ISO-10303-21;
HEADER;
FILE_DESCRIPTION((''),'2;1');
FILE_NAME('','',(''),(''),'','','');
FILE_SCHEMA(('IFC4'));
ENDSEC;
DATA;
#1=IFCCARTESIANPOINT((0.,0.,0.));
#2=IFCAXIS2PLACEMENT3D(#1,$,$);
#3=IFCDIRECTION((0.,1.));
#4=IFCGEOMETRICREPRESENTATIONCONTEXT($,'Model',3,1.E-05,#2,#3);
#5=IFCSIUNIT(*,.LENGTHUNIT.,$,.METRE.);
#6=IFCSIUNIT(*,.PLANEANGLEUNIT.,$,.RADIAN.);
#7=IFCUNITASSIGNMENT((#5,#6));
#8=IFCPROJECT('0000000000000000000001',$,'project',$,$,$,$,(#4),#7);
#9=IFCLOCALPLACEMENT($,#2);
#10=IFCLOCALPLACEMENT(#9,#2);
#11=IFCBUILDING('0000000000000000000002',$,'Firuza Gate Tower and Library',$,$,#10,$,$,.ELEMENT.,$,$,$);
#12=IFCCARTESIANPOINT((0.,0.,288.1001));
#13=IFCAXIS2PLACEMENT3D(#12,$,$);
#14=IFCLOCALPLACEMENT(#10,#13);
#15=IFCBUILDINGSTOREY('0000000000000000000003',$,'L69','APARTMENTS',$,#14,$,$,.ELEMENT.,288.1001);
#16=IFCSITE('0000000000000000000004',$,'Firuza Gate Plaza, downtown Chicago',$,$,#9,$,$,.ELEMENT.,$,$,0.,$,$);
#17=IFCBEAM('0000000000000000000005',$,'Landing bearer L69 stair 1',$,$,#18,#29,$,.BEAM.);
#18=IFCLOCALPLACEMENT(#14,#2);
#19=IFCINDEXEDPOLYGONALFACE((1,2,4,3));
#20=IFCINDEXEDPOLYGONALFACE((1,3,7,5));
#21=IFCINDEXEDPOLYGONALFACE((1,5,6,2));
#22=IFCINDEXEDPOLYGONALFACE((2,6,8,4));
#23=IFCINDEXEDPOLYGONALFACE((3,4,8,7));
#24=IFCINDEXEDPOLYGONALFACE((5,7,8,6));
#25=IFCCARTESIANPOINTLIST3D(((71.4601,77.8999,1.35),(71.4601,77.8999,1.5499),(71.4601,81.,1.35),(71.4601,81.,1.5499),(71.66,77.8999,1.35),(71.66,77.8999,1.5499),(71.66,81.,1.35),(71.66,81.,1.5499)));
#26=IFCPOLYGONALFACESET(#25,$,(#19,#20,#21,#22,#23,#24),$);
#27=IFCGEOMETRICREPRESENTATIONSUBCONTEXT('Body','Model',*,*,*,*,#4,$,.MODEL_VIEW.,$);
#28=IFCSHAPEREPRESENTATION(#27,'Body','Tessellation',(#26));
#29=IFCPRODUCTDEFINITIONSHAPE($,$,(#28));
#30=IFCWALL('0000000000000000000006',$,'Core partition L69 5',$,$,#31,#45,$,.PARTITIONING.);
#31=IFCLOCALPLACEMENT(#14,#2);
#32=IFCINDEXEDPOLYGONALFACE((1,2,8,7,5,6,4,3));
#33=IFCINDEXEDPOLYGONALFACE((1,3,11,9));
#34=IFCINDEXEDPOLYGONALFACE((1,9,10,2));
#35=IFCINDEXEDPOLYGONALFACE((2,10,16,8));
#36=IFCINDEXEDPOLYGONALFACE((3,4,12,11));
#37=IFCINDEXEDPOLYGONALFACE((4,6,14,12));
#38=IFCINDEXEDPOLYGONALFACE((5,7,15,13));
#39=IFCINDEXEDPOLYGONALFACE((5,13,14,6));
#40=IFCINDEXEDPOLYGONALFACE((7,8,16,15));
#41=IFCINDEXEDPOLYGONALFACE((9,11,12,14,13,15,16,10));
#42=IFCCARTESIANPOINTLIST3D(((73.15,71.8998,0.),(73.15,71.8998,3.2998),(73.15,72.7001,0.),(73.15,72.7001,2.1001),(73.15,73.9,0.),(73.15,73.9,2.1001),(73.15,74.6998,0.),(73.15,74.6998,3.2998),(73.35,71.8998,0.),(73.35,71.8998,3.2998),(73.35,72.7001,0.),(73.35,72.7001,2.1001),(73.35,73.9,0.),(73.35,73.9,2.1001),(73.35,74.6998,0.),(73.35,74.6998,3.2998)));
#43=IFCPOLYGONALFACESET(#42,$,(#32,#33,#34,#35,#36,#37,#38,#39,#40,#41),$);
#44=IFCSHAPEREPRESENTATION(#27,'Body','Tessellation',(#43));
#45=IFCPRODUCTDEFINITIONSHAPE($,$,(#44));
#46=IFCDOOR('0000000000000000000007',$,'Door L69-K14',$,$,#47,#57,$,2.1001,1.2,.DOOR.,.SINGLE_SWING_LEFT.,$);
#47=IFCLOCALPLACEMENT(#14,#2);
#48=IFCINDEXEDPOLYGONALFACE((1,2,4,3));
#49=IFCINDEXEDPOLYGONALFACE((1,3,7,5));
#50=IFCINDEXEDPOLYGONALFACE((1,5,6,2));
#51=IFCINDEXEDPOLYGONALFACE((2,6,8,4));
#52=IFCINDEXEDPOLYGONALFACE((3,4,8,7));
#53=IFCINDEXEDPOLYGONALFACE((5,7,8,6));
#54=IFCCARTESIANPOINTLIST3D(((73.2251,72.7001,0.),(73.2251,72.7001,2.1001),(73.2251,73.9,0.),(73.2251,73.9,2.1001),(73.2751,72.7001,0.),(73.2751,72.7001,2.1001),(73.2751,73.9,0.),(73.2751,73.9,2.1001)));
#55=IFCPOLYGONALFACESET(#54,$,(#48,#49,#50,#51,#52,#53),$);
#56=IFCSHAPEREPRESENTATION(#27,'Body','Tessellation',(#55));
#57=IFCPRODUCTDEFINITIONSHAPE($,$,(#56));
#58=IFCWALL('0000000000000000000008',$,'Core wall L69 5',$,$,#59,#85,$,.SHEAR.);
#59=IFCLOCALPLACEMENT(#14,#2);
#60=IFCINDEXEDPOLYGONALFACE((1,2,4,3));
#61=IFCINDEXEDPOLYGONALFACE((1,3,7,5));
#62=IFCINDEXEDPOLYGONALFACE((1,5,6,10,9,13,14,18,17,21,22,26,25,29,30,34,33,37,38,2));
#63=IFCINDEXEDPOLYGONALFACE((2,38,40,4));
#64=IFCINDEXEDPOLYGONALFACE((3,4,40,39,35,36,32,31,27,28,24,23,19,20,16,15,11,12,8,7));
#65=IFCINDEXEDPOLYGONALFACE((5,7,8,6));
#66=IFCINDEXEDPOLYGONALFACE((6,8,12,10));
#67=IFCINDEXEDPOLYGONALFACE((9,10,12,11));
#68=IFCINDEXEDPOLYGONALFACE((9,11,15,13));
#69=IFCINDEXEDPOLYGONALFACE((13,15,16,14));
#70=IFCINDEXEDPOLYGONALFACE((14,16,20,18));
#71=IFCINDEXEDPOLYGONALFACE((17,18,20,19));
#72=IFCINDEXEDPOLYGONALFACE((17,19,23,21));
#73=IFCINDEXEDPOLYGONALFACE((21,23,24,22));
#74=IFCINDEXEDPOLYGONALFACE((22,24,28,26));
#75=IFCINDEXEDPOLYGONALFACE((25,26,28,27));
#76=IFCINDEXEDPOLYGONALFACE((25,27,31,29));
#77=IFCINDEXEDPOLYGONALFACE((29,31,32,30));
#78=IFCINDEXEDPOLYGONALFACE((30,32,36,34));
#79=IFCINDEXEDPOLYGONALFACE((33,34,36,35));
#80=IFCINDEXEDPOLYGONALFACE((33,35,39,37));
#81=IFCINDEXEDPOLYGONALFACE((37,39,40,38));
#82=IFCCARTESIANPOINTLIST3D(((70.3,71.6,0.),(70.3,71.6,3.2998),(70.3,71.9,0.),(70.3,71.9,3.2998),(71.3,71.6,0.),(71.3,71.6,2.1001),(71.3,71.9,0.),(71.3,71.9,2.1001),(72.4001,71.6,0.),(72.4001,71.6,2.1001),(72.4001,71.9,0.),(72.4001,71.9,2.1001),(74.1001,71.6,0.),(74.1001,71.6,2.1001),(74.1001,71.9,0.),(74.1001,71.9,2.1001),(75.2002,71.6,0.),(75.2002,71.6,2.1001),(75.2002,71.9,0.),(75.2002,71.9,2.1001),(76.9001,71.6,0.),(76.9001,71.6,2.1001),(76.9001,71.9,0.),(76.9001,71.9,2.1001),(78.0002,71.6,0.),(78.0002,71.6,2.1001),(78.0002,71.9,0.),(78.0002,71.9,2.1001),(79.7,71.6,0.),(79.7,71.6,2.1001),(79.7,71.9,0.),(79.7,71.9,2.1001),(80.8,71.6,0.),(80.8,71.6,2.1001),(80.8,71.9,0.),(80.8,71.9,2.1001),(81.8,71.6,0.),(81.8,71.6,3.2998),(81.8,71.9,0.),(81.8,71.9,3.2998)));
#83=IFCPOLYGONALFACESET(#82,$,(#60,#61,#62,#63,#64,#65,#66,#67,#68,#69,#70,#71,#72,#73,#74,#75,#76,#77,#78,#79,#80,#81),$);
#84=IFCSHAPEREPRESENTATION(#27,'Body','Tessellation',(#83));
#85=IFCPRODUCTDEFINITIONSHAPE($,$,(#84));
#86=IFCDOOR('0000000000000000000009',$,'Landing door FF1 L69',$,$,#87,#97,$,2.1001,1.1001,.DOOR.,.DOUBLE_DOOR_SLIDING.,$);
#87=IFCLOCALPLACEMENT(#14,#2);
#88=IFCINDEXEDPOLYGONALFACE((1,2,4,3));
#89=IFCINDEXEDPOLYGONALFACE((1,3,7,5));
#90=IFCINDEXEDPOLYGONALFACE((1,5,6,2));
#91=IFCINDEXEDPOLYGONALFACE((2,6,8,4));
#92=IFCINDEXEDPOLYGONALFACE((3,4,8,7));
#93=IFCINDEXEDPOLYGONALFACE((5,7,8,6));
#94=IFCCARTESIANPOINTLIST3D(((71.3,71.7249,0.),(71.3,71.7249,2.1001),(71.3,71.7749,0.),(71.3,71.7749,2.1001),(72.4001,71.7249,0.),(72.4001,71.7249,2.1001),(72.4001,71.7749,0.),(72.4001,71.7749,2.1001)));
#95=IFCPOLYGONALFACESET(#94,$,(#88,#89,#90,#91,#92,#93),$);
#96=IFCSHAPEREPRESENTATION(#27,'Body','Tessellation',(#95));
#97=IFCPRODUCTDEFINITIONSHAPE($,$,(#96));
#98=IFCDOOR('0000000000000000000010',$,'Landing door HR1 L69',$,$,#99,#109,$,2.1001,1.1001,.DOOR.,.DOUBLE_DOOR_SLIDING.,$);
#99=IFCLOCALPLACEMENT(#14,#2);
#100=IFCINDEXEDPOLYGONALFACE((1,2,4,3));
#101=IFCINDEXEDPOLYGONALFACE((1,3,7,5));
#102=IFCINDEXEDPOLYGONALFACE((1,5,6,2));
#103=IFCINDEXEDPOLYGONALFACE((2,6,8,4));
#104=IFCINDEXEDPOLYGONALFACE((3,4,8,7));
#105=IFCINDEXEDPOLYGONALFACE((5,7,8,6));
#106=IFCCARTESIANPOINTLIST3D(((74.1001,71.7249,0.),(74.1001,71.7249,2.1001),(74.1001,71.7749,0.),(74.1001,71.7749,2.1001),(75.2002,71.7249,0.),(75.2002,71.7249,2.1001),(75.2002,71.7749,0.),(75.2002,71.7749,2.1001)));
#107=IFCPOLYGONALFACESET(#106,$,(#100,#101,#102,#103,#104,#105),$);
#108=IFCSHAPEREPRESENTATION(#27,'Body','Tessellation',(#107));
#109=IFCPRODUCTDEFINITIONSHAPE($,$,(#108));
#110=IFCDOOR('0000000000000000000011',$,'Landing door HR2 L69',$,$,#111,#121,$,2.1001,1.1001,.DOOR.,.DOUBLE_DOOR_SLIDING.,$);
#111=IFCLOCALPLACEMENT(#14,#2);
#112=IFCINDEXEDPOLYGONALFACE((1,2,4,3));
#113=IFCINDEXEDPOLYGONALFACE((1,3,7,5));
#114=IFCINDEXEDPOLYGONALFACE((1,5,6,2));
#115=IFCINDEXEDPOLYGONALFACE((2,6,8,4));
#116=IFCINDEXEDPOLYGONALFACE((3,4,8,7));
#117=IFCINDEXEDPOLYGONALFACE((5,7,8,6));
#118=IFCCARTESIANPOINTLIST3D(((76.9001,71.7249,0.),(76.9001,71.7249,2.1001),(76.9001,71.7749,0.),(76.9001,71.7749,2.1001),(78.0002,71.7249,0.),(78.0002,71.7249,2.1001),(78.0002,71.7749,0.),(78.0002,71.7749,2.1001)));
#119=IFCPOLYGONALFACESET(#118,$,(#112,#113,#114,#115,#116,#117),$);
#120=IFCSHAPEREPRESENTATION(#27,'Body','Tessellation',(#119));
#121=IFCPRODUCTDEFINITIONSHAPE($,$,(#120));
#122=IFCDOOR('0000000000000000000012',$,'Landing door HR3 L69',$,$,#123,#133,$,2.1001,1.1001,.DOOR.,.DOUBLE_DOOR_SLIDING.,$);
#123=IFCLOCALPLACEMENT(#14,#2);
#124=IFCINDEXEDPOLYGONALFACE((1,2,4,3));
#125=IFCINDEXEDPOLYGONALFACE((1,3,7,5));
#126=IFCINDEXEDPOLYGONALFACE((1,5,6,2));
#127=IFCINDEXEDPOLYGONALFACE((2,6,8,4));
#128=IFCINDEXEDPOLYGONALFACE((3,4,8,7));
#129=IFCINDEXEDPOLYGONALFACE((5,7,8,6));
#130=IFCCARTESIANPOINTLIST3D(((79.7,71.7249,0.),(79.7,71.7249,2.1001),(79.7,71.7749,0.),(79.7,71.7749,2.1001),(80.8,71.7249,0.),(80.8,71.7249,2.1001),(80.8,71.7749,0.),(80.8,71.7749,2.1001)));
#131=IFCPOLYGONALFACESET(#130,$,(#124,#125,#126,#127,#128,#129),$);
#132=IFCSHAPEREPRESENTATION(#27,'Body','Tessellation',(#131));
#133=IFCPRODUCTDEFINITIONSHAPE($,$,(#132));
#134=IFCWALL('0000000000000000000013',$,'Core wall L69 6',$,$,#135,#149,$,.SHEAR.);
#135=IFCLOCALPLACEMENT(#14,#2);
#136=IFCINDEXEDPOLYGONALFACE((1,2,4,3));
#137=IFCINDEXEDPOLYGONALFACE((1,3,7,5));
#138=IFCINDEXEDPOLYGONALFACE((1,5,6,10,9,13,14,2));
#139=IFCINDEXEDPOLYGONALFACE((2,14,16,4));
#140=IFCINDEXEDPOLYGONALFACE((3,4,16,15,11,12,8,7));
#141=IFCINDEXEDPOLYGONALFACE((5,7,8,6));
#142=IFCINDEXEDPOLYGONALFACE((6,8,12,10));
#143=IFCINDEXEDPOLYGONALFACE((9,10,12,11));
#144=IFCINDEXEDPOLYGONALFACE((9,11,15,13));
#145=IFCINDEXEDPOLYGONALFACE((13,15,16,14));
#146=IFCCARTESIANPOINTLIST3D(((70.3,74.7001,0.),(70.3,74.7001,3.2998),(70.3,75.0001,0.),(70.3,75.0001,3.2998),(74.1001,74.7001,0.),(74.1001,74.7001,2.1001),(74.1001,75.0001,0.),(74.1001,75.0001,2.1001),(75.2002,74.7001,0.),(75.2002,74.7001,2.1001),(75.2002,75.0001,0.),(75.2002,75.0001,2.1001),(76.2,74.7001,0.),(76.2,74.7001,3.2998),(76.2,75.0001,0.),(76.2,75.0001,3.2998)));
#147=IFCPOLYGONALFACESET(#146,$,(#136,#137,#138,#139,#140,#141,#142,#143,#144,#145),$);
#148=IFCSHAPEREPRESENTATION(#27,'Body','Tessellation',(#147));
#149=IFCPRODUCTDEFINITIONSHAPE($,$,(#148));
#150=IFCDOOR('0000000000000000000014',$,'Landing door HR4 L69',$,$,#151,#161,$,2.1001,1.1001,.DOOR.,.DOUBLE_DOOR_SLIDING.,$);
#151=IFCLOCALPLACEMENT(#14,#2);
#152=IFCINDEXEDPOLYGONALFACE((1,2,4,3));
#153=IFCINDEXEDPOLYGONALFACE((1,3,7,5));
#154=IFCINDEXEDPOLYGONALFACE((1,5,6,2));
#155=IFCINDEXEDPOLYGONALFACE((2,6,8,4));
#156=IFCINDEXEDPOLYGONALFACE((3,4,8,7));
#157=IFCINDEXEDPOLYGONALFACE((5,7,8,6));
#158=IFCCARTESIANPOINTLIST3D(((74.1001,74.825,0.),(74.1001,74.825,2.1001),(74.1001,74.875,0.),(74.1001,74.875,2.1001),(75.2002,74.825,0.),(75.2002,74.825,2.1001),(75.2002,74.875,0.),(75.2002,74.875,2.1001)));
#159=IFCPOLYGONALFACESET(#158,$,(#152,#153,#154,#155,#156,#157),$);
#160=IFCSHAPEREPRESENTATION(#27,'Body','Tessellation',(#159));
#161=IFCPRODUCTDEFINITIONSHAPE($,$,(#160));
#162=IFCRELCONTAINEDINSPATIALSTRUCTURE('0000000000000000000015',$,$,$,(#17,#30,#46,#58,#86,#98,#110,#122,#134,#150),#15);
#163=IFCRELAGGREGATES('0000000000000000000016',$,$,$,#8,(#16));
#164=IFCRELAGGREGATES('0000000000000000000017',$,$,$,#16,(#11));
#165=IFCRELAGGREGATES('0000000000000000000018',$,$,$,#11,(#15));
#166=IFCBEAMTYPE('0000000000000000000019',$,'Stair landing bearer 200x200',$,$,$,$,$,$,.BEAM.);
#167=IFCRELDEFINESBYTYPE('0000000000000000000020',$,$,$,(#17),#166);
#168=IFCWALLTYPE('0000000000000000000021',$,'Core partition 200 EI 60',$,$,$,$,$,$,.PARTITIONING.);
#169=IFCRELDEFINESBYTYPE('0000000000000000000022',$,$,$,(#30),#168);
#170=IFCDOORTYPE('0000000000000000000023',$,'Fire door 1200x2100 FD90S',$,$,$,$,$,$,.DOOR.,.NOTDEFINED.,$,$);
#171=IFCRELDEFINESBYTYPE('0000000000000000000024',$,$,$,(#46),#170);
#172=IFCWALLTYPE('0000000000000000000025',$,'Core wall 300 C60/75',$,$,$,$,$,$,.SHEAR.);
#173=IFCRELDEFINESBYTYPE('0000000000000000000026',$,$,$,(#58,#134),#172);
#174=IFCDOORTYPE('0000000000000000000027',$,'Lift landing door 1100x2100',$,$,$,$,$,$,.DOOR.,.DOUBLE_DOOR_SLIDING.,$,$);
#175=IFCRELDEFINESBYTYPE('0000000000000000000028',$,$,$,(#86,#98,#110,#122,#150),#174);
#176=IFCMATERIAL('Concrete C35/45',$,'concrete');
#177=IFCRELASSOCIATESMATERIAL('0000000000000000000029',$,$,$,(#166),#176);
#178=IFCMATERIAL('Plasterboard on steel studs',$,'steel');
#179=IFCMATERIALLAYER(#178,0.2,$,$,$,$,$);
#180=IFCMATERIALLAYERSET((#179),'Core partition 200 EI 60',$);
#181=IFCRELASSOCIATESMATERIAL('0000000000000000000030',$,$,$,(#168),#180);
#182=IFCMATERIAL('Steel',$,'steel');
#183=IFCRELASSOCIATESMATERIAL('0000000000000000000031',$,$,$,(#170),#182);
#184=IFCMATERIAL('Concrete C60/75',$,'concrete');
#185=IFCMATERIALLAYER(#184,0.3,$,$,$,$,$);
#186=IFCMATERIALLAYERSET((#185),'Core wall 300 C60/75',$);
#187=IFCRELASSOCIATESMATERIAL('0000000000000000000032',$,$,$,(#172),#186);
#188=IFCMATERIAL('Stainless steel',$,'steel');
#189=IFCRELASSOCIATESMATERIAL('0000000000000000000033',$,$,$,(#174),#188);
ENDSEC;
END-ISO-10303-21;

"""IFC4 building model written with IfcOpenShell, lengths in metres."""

from ifc_helpers import new_model, si_unit, direction, frame, frame_2d, origin, origin_2d, place, context, subcontext, project, spatial, rectangle, extrude, material, layer, layer_set, material_profile, profile_set, type_object, element, fill, save


model = new_model("IFC4")

# Units and contexts
model_context = context("Model", 3, precision=1e-05, world=origin(), true_north=direction((0.0, 1.0)))
body_context = subcontext(model_context, "Body", "Model", "MODEL_VIEW")
ifc_project = project(units=[si_unit("LENGTHUNIT", "METRE"), si_unit("PLANEANGLEUNIT", "RADIAN")], contexts=[model_context])

# Site, building, storey
site_placement = place(None, origin())
site = spatial("IfcSite", under=ifc_project, at=site_placement, Name="Firuza Gate Plaza, downtown Chicago", CompositionType="ELEMENT", RefElevation=0.0)
building_placement = place(site_placement, origin())
building = spatial("IfcBuilding", under=site, at=building_placement, Name="Firuza Gate Tower and Library", CompositionType="ELEMENT")
storey_placement = place(building_placement, frame((0.0, 0.0, 288.1001)))
storey = spatial("IfcBuildingStorey", under=building, at=storey_placement, Name="L69", Description="APARTMENTS", CompositionType="ELEMENT", Elevation=288.1001)

# Beam
ifc_material_1 = material(Name="Concrete C35/45", Category="concrete")
ifc_material_profile = material_profile(ifc_material_1, rectangle(XDim=0.2, YDim=0.2, at=origin_2d()))
ifc_profile_set = profile_set([ifc_material_profile], Name="Concrete C35/45")
beam_type = type_object("IfcBeamType", Name="Stair landing bearer 200x200", PredefinedType="BEAM", material=ifc_profile_set)
beam_placement = place(storey_placement, frame((71.5601, 77.8999, 1.45), z_axis=(0.0, 1.0, 0.0), x_axis=(-1.0, 0.0, 0.0)))
element("IfcBeam", 1, at=beam_placement, inside=storey, type_object=beam_type, Name="Landing bearer L69 stair 1", PredefinedType="BEAM", context=body_context, shape_type="SweptSolid", body=[
    extrude(rectangle(XDim=0.2, YDim=0.2, at=origin_2d()), origin(), (0.0, 0.0, 1.0), 3.1001),
])

# Wall, opening, door
ifc_material_2 = material(Name="Plasterboard on steel studs", Category="steel")
ifc_layer_1 = layer(ifc_material_2, 0.2)
ifc_layer_set_1 = layer_set([ifc_layer_1], Name="Core partition 200 EI 60")
wall_type_1 = type_object("IfcWallType", Name="Core partition 200 EI 60", PredefinedType="PARTITIONING", material=ifc_layer_set_1)
wall_1_placement = place(storey_placement, frame((73.25, 71.8999, 0.0), z_axis=(0.0, 0.0, 1.0), x_axis=(0.0, 1.0, 0.0)))
wall_1 = element("IfcWall", 2, at=wall_1_placement, inside=storey, type_object=wall_type_1, Name="Core partition L69 5", PredefinedType="PARTITIONING", context=body_context, shape_type="SweptSolid", body=[
    extrude(rectangle(XDim=2.8, YDim=0.2, at=frame_2d((1.3999, 0.0))), origin(), (0.0, 0.0, 1.0), 3.2998),
])
opening_1_placement = place(wall_1_placement, frame((0.8, 0.0, 0.0)))
opening_1 = element("IfcOpeningElement", 3, at=opening_1_placement, cuts=wall_1, PredefinedType="OPENING", context=body_context, shape_type="SweptSolid", body=[
    extrude(rectangle(XDim=1.2, YDim=2.1001, at=frame_2d((0.6001, 1.05))), frame((0.0, 0.1099, 0.0), z_axis=(0.0, -1.0, 0.0), x_axis=(1.0, 0.0, 0.0)), (0.0, 0.0, 1.0), 0.22),
])
ifc_material_3 = material(Name="Steel", Category="steel")
door_type_1 = type_object("IfcDoorType", Name="Fire door 1200x2100 FD90S", OperationType="NOTDEFINED", PredefinedType="DOOR", material=ifc_material_3)
door_1_placement = place(opening_1_placement, origin())
door_1 = element("IfcDoor", 4, at=door_1_placement, inside=storey, type_object=door_type_1, Name="Door L69-K14", OperationType="SINGLE_SWING_LEFT", OverallHeight=2.1001, OverallWidth=1.2, PredefinedType="DOOR", context=body_context, shape_type="SweptSolid", body=[
    extrude(rectangle(XDim=1.2, YDim=2.1001, at=frame_2d((0.6001, 1.05))), frame((0.0, 0.0249, 0.0), z_axis=(0.0, -1.0, 0.0), x_axis=(1.0, 0.0, 0.0)), (0.0, 0.0, 1.0), 0.05),
])
fill(opening_1, door_1)

# Wall, openings, doors
ifc_material_4 = material(Name="Concrete C60/75", Category="concrete")
ifc_layer_2 = layer(ifc_material_4, 0.3)
ifc_layer_set_2 = layer_set([ifc_layer_2], Name="Core wall 300 C60/75")
wall_type_2 = type_object("IfcWallType", Name="Core wall 300 C60/75", PredefinedType="SHEAR", material=ifc_layer_set_2)
wall_2_placement = place(storey_placement, frame((70.3, 71.75, 0.0), z_axis=(0.0, 0.0, 1.0), x_axis=(1.0, 0.0, 0.0)))
wall_2 = element("IfcWall", 5, at=wall_2_placement, inside=storey, type_object=wall_type_2, Name="Core wall L69 5", PredefinedType="SHEAR", context=body_context, shape_type="SweptSolid", body=[
    extrude(rectangle(XDim=11.5, YDim=0.3, at=frame_2d((5.75, 0.0))), origin(), (0.0, 0.0, 1.0), 3.2998),
])
opening_2_placement = place(wall_2_placement, frame((1.0, 0.0, 0.0)))
opening_2 = element("IfcOpeningElement", 6, at=opening_2_placement, cuts=wall_2, PredefinedType="OPENING", context=body_context, shape_type="SweptSolid", body=[
    extrude(rectangle(XDim=1.1001, YDim=2.1001, at=frame_2d((0.55, 1.05))), frame((0.0, 0.1602, 0.0), z_axis=(0.0, -1.0, 0.0), x_axis=(1.0, 0.0, 0.0)), (0.0, 0.0, 1.0), 0.3201),
])
opening_3_placement = place(wall_2_placement, frame((3.8, 0.0, 0.0)))
opening_3 = element("IfcOpeningElement", 7, at=opening_3_placement, cuts=wall_2, PredefinedType="OPENING", context=body_context, shape_type="SweptSolid", body=[
    extrude(rectangle(XDim=1.1001, YDim=2.1001, at=frame_2d((0.55, 1.05))), frame((0.0, 0.1602, 0.0), z_axis=(0.0, -1.0, 0.0), x_axis=(1.0, 0.0, 0.0)), (0.0, 0.0, 1.0), 0.3201),
])
opening_4_placement = place(wall_2_placement, frame((6.6001, 0.0, 0.0)))
opening_4 = element("IfcOpeningElement", 8, at=opening_4_placement, cuts=wall_2, PredefinedType="OPENING", context=body_context, shape_type="SweptSolid", body=[
    extrude(rectangle(XDim=1.1001, YDim=2.1001, at=frame_2d((0.55, 1.05))), frame((0.0, 0.1602, 0.0), z_axis=(0.0, -1.0, 0.0), x_axis=(1.0, 0.0, 0.0)), (0.0, 0.0, 1.0), 0.3201),
])
opening_5_placement = place(wall_2_placement, frame((9.3999, 0.0, 0.0)))
opening_5 = element("IfcOpeningElement", 9, at=opening_5_placement, cuts=wall_2, PredefinedType="OPENING", context=body_context, shape_type="SweptSolid", body=[
    extrude(rectangle(XDim=1.1001, YDim=2.1001, at=frame_2d((0.55, 1.05))), frame((0.0, 0.1602, 0.0), z_axis=(0.0, -1.0, 0.0), x_axis=(1.0, 0.0, 0.0)), (0.0, 0.0, 1.0), 0.3201),
])
ifc_material_5 = material(Name="Stainless steel", Category="steel")
door_type_2 = type_object("IfcDoorType", Name="Lift landing door 1100x2100", OperationType="DOUBLE_DOOR_SLIDING", PredefinedType="DOOR", material=ifc_material_5)
door_2_placement = place(opening_2_placement, origin())
door_2 = element("IfcDoor", 10, at=door_2_placement, inside=storey, type_object=door_type_2, Name="Landing door FF1 L69", OperationType="DOUBLE_DOOR_SLIDING", OverallHeight=2.1001, OverallWidth=1.1001, PredefinedType="DOOR", context=body_context, shape_type="SweptSolid", body=[
    extrude(rectangle(XDim=1.1001, YDim=2.1001, at=frame_2d((0.55, 1.05))), frame((0.0, 0.0249, 0.0), z_axis=(0.0, -1.0, 0.0), x_axis=(1.0, 0.0, 0.0)), (0.0, 0.0, 1.0), 0.05),
])
fill(opening_2, door_2)
door_3_placement = place(opening_3_placement, origin())
door_3 = element("IfcDoor", 11, at=door_3_placement, inside=storey, type_object=door_type_2, Name="Landing door HR1 L69", OperationType="DOUBLE_DOOR_SLIDING", OverallHeight=2.1001, OverallWidth=1.1001, PredefinedType="DOOR", context=body_context, shape_type="SweptSolid", body=[
    extrude(rectangle(XDim=1.1001, YDim=2.1001, at=frame_2d((0.55, 1.05))), frame((0.0, 0.0249, 0.0), z_axis=(0.0, -1.0, 0.0), x_axis=(1.0, 0.0, 0.0)), (0.0, 0.0, 1.0), 0.05),
])
fill(opening_3, door_3)
door_4_placement = place(opening_4_placement, origin())
door_4 = element("IfcDoor", 12, at=door_4_placement, inside=storey, type_object=door_type_2, Name="Landing door HR2 L69", OperationType="DOUBLE_DOOR_SLIDING", OverallHeight=2.1001, OverallWidth=1.1001, PredefinedType="DOOR", context=body_context, shape_type="SweptSolid", body=[
    extrude(rectangle(XDim=1.1001, YDim=2.1001, at=frame_2d((0.55, 1.05))), frame((0.0, 0.0249, 0.0), z_axis=(0.0, -1.0, 0.0), x_axis=(1.0, 0.0, 0.0)), (0.0, 0.0, 1.0), 0.05),
])
fill(opening_4, door_4)
door_5_placement = place(opening_5_placement, origin())
door_5 = element("IfcDoor", 13, at=door_5_placement, inside=storey, type_object=door_type_2, Name="Landing door HR3 L69", OperationType="DOUBLE_DOOR_SLIDING", OverallHeight=2.1001, OverallWidth=1.1001, PredefinedType="DOOR", context=body_context, shape_type="SweptSolid", body=[
    extrude(rectangle(XDim=1.1001, YDim=2.1001, at=frame_2d((0.55, 1.05))), frame((0.0, 0.0249, 0.0), z_axis=(0.0, -1.0, 0.0), x_axis=(1.0, 0.0, 0.0)), (0.0, 0.0, 1.0), 0.05),
])
fill(opening_5, door_5)

# Wall, opening, door
wall_3_placement = place(storey_placement, frame((70.3, 74.8501, 0.0), z_axis=(0.0, 0.0, 1.0), x_axis=(1.0, 0.0, 0.0)))
wall_3 = element("IfcWall", 14, at=wall_3_placement, inside=storey, type_object=wall_type_2, Name="Core wall L69 6", PredefinedType="SHEAR", context=body_context, shape_type="SweptSolid", body=[
    extrude(rectangle(XDim=5.8999, YDim=0.3, at=frame_2d((2.95, 0.0))), origin(), (0.0, 0.0, 1.0), 3.2998),
])
opening_6_placement = place(wall_3_placement, frame((3.8, 0.0, 0.0)))
opening_6 = element("IfcOpeningElement", 15, at=opening_6_placement, cuts=wall_3, PredefinedType="OPENING", context=body_context, shape_type="SweptSolid", body=[
    extrude(rectangle(XDim=1.1001, YDim=2.1001, at=frame_2d((0.55, 1.05))), frame((0.0, 0.1602, 0.0), z_axis=(0.0, -1.0, 0.0), x_axis=(1.0, 0.0, 0.0)), (0.0, 0.0, 1.0), 0.3201),
])
door_6_placement = place(opening_6_placement, origin())
door_6 = element("IfcDoor", 16, at=door_6_placement, inside=storey, type_object=door_type_2, Name="Landing door HR4 L69", OperationType="DOUBLE_DOOR_SLIDING", OverallHeight=2.1001, OverallWidth=1.1001, PredefinedType="DOOR", context=body_context, shape_type="SweptSolid", body=[
    extrude(rectangle(XDim=1.1001, YDim=2.1001, at=frame_2d((0.55, 1.05))), frame((0.0, 0.0249, 0.0), z_axis=(0.0, -1.0, 0.0), x_axis=(1.0, 0.0, 0.0)), (0.0, 0.0, 1.0), 0.05),
])
fill(opening_6, door_6)

save(model, "model.ifc")
